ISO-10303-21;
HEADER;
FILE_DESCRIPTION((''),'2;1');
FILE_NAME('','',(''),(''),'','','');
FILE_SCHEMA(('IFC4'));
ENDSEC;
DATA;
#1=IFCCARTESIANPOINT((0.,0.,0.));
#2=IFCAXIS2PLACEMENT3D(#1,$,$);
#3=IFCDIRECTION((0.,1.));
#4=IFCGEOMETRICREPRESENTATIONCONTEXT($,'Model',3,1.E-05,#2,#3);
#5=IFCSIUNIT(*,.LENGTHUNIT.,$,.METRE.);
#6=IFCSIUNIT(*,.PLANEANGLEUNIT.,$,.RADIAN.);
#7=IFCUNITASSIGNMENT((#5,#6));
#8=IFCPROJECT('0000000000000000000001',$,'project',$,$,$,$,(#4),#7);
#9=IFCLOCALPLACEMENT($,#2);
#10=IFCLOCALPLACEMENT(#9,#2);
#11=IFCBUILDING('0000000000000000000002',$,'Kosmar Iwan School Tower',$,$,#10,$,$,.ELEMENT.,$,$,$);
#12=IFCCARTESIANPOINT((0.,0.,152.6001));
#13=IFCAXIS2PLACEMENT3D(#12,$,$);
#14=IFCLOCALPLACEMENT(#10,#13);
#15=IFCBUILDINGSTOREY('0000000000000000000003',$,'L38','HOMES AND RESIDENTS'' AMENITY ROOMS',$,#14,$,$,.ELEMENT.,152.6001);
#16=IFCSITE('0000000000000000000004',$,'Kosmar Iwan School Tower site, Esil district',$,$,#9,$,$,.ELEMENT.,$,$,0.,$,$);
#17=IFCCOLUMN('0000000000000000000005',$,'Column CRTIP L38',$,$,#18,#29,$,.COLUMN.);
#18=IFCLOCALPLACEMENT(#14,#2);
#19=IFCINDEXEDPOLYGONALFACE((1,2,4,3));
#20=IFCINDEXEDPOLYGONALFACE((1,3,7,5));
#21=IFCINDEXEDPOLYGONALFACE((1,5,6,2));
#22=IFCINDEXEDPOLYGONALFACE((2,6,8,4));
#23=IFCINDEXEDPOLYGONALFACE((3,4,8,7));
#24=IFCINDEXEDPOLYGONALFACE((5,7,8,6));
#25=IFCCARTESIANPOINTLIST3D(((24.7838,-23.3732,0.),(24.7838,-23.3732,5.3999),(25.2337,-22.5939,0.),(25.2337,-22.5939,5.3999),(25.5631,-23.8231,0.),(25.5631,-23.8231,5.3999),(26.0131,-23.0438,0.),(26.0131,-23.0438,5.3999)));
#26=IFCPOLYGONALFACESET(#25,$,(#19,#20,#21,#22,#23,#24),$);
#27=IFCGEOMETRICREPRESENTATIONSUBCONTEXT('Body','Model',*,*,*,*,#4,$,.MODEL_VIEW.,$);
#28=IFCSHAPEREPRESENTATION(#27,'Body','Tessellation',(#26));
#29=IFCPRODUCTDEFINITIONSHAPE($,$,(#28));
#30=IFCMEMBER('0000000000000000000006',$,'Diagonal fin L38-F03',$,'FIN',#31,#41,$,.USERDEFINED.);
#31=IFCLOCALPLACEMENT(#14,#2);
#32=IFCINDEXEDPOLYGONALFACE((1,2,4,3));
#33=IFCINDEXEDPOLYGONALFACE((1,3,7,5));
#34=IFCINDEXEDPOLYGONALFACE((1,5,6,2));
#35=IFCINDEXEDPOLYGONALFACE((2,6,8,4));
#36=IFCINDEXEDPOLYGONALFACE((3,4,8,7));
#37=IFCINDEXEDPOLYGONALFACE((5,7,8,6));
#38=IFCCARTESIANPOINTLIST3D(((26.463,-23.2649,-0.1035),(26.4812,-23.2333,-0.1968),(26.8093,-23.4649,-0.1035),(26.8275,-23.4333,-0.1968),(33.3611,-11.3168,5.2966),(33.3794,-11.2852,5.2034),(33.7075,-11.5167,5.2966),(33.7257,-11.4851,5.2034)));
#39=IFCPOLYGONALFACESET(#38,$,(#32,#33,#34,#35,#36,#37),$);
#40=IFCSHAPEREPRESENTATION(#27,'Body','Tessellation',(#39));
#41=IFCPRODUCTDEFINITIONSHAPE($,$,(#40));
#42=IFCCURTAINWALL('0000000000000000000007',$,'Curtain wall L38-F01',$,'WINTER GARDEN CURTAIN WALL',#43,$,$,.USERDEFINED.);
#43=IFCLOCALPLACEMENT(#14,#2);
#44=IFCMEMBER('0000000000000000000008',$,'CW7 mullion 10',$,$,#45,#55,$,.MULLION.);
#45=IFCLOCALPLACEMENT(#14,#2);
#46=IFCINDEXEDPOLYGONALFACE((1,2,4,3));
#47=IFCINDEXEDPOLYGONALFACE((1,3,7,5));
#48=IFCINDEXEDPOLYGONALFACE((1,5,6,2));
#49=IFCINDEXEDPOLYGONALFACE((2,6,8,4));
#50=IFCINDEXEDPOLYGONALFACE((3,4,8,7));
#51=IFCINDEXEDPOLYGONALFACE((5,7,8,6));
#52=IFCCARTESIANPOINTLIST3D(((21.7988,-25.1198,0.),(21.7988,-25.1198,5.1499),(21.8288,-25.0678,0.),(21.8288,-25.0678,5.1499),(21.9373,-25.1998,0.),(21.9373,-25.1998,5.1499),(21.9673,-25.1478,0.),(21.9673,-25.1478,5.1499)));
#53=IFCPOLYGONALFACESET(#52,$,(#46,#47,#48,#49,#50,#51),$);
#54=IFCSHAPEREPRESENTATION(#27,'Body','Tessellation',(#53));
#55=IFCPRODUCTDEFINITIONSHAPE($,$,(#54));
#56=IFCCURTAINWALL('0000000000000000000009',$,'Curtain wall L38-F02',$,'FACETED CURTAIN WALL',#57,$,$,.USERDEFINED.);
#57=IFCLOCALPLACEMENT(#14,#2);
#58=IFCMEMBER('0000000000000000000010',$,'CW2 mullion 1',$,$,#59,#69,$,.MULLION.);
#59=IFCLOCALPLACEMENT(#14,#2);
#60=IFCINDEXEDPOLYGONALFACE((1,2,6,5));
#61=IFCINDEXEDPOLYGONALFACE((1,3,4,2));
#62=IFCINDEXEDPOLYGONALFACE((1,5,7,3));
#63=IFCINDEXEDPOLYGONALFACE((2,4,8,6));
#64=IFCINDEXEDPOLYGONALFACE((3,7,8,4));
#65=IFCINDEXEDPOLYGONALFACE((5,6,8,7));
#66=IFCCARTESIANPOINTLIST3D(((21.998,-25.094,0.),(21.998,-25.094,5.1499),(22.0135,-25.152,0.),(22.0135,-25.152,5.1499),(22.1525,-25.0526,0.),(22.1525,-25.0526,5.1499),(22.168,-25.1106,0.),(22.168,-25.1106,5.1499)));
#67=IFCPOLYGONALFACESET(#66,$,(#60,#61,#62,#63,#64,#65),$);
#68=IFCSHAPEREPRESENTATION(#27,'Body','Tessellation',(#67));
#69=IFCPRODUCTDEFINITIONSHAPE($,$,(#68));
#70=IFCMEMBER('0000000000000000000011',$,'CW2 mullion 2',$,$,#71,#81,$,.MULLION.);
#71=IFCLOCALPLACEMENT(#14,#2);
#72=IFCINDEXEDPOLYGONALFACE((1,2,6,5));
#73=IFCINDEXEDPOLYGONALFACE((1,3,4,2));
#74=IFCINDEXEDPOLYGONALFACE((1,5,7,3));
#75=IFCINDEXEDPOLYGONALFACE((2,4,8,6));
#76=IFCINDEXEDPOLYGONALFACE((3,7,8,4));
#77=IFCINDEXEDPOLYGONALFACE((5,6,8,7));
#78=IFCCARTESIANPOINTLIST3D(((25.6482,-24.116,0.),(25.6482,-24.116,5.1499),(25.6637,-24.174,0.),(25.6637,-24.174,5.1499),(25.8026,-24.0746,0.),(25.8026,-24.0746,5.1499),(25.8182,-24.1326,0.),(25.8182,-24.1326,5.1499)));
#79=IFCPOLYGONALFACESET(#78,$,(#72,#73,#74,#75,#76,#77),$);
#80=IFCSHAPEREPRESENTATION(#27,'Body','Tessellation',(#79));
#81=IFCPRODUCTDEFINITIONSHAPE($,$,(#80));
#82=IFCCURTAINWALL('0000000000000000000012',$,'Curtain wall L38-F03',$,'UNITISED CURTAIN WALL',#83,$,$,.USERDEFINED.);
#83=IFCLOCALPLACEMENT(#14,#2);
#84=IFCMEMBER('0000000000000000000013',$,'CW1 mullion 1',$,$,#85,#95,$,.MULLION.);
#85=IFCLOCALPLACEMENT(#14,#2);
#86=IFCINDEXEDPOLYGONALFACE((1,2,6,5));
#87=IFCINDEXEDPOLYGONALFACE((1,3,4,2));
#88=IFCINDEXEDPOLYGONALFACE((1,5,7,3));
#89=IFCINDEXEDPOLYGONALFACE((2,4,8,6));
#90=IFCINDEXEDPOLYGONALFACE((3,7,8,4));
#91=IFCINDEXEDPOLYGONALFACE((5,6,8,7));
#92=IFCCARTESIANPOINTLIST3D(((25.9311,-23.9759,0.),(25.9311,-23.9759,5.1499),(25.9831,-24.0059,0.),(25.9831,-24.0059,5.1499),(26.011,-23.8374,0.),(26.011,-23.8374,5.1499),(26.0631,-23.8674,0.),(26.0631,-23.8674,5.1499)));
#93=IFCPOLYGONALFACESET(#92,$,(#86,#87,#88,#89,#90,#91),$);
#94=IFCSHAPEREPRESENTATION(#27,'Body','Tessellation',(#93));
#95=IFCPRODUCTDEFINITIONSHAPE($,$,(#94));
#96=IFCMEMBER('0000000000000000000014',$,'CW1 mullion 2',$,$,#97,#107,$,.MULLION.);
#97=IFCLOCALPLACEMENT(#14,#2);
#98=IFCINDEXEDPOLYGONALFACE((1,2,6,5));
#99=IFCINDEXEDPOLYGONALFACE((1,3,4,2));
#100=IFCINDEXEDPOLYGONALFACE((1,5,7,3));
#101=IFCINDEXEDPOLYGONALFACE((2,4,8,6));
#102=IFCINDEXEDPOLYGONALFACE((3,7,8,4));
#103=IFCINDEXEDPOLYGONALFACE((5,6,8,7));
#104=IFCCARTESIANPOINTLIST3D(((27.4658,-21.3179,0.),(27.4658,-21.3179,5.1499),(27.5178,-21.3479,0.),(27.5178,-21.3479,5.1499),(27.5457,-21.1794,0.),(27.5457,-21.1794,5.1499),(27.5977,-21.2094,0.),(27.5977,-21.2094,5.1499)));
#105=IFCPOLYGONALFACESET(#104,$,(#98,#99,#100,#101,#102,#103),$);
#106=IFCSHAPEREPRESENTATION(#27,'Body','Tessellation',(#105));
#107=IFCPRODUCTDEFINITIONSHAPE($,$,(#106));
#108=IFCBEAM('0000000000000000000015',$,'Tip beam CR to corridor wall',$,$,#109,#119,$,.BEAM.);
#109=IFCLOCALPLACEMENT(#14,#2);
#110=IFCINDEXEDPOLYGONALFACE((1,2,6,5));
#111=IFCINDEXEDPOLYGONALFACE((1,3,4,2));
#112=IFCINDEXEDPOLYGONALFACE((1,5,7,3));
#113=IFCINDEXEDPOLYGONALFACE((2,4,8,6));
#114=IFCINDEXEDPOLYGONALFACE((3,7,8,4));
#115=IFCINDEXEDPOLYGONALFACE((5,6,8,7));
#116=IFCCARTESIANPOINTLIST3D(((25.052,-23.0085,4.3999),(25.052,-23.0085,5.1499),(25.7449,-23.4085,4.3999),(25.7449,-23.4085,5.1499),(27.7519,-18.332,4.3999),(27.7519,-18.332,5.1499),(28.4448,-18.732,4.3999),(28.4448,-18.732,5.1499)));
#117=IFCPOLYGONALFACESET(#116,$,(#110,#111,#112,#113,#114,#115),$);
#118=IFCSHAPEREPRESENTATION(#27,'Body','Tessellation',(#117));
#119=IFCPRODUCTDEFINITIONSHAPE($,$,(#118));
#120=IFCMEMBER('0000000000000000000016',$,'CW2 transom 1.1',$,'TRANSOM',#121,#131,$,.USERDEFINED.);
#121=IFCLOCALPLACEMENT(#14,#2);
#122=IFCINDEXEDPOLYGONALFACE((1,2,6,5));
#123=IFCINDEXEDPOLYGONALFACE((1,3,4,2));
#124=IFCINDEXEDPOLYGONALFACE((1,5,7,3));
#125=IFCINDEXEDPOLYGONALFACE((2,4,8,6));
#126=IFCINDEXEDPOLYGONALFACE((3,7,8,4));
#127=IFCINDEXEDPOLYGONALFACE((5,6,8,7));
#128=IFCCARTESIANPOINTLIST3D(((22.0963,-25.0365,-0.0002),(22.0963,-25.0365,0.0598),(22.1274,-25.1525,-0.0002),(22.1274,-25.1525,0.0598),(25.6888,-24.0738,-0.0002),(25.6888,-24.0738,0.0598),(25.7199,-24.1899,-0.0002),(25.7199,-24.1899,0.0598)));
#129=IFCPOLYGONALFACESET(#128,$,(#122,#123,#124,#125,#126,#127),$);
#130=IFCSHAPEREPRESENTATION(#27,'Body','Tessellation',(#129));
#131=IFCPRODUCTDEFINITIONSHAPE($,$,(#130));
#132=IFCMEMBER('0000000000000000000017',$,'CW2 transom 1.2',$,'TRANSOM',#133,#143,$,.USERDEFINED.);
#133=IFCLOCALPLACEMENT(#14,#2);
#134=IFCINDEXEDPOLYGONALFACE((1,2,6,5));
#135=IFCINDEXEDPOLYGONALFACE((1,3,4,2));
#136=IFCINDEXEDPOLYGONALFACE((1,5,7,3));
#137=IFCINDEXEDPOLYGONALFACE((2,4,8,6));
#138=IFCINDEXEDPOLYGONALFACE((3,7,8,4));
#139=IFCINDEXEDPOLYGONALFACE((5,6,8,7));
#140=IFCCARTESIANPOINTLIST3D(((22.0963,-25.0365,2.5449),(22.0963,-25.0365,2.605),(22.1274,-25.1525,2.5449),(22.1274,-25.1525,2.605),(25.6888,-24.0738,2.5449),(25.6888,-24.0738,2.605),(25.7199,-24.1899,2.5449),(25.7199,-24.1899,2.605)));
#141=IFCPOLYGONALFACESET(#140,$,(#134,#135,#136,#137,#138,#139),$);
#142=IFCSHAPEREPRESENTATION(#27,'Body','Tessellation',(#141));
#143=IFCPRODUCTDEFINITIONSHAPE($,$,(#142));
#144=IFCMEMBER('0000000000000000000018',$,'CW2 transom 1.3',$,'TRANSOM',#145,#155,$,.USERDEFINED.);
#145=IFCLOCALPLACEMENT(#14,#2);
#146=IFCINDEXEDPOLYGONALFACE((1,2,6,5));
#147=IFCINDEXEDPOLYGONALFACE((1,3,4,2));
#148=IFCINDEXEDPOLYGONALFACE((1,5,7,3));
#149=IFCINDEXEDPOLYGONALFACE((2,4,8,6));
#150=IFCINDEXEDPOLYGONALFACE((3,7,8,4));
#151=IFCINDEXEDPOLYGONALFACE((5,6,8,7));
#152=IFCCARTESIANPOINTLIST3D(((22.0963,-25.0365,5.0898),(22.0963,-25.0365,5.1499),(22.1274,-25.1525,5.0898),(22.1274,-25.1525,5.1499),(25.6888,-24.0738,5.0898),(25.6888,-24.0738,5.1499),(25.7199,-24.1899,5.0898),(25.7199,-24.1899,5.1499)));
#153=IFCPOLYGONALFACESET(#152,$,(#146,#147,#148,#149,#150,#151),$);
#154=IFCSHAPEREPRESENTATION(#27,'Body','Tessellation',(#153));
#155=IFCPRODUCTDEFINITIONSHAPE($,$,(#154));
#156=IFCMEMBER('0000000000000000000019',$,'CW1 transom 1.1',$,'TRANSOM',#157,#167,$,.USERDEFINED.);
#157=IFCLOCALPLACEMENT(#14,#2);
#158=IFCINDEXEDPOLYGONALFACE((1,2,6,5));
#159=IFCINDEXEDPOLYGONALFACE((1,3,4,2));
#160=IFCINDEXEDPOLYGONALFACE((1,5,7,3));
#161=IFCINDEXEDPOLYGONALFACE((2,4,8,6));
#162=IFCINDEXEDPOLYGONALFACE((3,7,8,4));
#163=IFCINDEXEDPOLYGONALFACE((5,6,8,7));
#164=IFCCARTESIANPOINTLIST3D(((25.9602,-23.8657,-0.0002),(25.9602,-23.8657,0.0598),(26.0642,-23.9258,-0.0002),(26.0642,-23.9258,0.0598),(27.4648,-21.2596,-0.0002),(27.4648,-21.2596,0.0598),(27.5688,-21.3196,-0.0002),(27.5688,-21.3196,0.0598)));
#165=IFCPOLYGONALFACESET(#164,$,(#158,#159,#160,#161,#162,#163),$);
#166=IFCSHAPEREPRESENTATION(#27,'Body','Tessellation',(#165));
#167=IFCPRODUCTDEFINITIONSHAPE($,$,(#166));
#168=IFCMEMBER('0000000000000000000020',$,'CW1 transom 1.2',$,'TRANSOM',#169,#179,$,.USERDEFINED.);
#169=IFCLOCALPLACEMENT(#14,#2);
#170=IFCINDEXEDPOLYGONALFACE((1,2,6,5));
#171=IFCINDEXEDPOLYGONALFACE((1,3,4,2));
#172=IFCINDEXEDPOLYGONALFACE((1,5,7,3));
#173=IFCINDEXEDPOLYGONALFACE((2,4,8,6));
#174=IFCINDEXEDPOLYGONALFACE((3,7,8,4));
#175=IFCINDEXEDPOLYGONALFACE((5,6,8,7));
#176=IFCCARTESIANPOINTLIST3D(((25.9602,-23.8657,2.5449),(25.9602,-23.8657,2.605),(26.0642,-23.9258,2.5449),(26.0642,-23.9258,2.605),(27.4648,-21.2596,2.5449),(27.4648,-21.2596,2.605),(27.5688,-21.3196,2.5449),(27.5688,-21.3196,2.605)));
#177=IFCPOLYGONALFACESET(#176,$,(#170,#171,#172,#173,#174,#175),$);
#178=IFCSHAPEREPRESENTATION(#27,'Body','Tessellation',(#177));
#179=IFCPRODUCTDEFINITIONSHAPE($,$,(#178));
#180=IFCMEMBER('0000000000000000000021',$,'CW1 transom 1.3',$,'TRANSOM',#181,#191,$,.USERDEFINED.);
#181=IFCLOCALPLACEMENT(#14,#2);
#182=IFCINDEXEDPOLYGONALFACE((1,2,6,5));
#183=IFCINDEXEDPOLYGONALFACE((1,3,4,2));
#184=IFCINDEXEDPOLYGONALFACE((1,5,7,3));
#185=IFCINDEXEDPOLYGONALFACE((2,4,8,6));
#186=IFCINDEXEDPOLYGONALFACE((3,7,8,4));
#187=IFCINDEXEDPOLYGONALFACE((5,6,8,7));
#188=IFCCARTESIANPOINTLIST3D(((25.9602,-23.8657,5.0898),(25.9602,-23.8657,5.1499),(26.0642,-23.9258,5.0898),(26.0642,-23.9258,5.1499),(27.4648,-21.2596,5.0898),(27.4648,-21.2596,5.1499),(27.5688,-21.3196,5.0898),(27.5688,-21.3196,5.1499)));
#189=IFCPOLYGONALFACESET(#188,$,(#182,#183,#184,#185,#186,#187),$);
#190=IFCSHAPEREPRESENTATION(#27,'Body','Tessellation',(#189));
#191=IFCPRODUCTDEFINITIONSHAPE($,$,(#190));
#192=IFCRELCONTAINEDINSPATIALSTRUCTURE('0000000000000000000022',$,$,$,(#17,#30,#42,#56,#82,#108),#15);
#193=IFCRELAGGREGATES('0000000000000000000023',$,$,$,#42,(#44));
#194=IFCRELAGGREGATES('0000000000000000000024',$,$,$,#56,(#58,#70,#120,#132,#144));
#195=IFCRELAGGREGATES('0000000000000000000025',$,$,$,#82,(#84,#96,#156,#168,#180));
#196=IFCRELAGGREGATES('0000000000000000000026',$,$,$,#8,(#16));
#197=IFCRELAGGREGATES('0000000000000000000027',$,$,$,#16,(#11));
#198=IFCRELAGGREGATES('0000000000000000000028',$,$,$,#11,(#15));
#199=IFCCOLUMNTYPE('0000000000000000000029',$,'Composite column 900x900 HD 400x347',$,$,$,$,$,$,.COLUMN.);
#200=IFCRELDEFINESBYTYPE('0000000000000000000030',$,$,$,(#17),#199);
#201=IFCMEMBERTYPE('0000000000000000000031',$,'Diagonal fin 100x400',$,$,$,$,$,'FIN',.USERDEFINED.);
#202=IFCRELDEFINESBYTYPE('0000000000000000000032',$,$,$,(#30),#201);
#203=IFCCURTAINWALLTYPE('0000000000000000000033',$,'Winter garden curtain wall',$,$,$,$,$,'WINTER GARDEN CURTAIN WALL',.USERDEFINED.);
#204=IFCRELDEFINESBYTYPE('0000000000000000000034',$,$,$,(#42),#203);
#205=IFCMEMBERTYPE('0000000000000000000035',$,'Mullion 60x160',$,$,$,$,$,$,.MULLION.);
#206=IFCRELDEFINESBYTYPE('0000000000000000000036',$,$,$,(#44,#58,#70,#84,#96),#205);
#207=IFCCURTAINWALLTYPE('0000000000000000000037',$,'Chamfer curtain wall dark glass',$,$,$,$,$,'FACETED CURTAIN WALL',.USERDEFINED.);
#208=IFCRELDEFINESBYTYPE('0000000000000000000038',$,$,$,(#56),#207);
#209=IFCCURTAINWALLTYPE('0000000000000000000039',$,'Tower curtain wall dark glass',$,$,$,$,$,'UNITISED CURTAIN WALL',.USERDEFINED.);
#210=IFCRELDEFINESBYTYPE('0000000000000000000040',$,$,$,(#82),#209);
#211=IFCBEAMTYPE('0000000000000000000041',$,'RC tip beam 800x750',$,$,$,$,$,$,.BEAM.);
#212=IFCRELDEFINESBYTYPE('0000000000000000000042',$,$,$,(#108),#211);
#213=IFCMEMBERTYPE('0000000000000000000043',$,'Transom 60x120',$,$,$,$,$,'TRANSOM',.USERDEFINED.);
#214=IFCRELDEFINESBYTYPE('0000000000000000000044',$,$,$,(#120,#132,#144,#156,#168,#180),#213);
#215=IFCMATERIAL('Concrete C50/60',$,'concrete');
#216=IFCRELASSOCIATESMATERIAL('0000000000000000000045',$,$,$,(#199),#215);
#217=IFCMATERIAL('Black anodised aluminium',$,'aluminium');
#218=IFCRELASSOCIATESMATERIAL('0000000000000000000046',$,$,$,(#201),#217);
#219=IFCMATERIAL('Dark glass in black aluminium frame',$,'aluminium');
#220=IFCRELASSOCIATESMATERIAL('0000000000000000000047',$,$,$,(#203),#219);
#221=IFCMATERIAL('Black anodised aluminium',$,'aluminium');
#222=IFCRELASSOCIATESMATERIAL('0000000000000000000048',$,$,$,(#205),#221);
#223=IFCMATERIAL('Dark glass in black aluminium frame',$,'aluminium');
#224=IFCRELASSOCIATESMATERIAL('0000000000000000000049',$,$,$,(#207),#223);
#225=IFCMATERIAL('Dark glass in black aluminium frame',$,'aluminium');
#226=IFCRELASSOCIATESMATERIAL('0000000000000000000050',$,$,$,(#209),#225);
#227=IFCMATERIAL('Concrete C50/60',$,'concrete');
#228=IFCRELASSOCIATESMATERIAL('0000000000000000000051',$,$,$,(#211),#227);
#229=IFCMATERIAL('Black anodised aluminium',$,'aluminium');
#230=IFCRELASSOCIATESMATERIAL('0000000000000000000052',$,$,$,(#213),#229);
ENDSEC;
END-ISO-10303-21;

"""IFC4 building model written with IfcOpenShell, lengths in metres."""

from ifc_helpers import new_model, si_unit, direction, frame, origin, origin_2d, place, context, subcontext, project, spatial, rectangle, extrude, material, material_profile, profile_set, type_object, element, aggregate, save


model = new_model("IFC4")

# Units and contexts
model_context = context("Model", 3, precision=1e-05, world=origin(), true_north=direction((0.0, 1.0)))
body_context = subcontext(model_context, "Body", "Model", "MODEL_VIEW")
ifc_project = project(units=[si_unit("LENGTHUNIT", "METRE"), si_unit("PLANEANGLEUNIT", "RADIAN")], contexts=[model_context])

# Site, building, storey
site_placement = place(None, origin())
site = spatial("IfcSite", under=ifc_project, at=site_placement, Name="Kosmar Iwan School Tower site, Esil district", CompositionType="ELEMENT", RefElevation=0.0)
building_placement = place(site_placement, origin())
building = spatial("IfcBuilding", under=site, at=building_placement, Name="Kosmar Iwan School Tower", CompositionType="ELEMENT")
storey_placement = place(building_placement, frame((0.0, 0.0, 152.6001)))
storey = spatial("IfcBuildingStorey", under=building, at=storey_placement, Name="L38", Description="HOMES AND RESIDENTS' AMENITY ROOMS", CompositionType="ELEMENT", Elevation=152.6001)

# Column
ifc_material_1 = material(Name="Concrete C50/60", Category="concrete")
ifc_material_profile_1 = material_profile(ifc_material_1, rectangle(XDim=0.8999, YDim=0.8999, at=origin_2d()), Name="RC 900x900 + HD 400x347")
ifc_profile_set_1 = profile_set([ifc_material_profile_1], Name="Concrete C50/60")
column_type = type_object("IfcColumnType", Name="Composite column 900x900 HD 400x347", PredefinedType="COLUMN", material=ifc_profile_set_1)
column_placement = place(storey_placement, frame((25.3984, -23.2085, 0.0), z_axis=(0.0, 0.0, 1.0), x_axis=(0.866025, -0.5, 0.0)))
element("IfcColumn", 1, at=column_placement, inside=storey, type_object=column_type, Name="Column CRTIP L38", PredefinedType="COLUMN", context=body_context, shape_type="SweptSolid", body=[
    extrude(rectangle(XDim=0.8999, YDim=0.8999, at=origin_2d()), origin(), (0.0, 0.0, 1.0), 5.3999),
])

# Member
ifc_material_2 = material(Name="Black anodised aluminium", Category="aluminium")
ifc_material_profile_2 = material_profile(ifc_material_2, rectangle(XDim=0.1001, YDim=0.3999, at=origin_2d()), Name="FIN 100x400")
ifc_profile_set_2 = profile_set([ifc_material_profile_2], Name="Black anodised aluminium")
member_type_1 = type_object("IfcMemberType", Name="Diagonal fin 100x400", ElementType="FIN", PredefinedType="USERDEFINED", material=ifc_profile_set_2)
member_1_placement = place(storey_placement, frame((26.6453, -23.3491, -0.1501), z_axis=(0.465598, 0.806454, 0.364486), x_axis=(-0.182241, -0.315656, 0.931209)))
element("IfcMember", 2, at=member_1_placement, inside=storey, type_object=member_type_1, Name="Diagonal fin L38-F03", ObjectType="FIN", PredefinedType="USERDEFINED", context=body_context, shape_type="SweptSolid", body=[
    extrude(rectangle(XDim=0.1001, YDim=0.3999, at=origin_2d()), origin(), (0.0, 0.0, 1.0), 14.8157),
])

# Curtain wall, member
ifc_material_3 = material(Name="Dark glass in black aluminium frame", Category="aluminium")
curtain_wall_type_1 = type_object("IfcCurtainWallType", Name="Winter garden curtain wall", ElementType="WINTER GARDEN CURTAIN WALL", PredefinedType="USERDEFINED", material=ifc_material_3)
curtain_wall_1_placement = place(storey_placement, origin())
curtain_wall_1 = element("IfcCurtainWall", 3, at=curtain_wall_1_placement, inside=storey, type_object=curtain_wall_type_1, Name="Curtain wall L38-F01", ObjectType="WINTER GARDEN CURTAIN WALL", PredefinedType="USERDEFINED")
ifc_material_4 = material(Name="Black anodised aluminium", Category="aluminium")
ifc_material_profile_3 = material_profile(ifc_material_4, rectangle(XDim=0.0601, YDim=0.1599, at=origin_2d()), Name="MULLION 60x160")
ifc_profile_set_3 = profile_set([ifc_material_profile_3], Name="Black anodised aluminium")
member_type_2 = type_object("IfcMemberType", Name="Mullion 60x160", PredefinedType="MULLION", material=ifc_profile_set_3)
member_2_placement = place(storey_placement, frame((21.8831, -25.1338, 0.0), z_axis=(0.0, 0.0, 1.0), x_axis=(0.5, 0.866025, 0.0)))
member_2 = element("IfcMember", 4, at=member_2_placement, type_object=member_type_2, Name="CW7 mullion 10", PredefinedType="MULLION", context=body_context, shape_type="SweptSolid", body=[
    extrude(rectangle(XDim=0.0601, YDim=0.1599, at=origin_2d()), origin(), (0.0, 0.0, 1.0), 5.1499),
])

# Curtain walls, members
ifc_material_5 = material(Name="Dark glass in black aluminium frame", Category="aluminium")
curtain_wall_type_2 = type_object("IfcCurtainWallType", Name="Chamfer curtain wall dark glass", ElementType="FACETED CURTAIN WALL", PredefinedType="USERDEFINED", material=ifc_material_5)
curtain_wall_2_placement = place(storey_placement, origin())
curtain_wall_2 = element("IfcCurtainWall", 5, at=curtain_wall_2_placement, inside=storey, type_object=curtain_wall_type_2, Name="Curtain wall L38-F02", ObjectType="FACETED CURTAIN WALL", PredefinedType="USERDEFINED")
member_3_placement = place(storey_placement, frame((22.083, -25.1023, 0.0), z_axis=(0.0, 0.0, 1.0), x_axis=(-0.258819, 0.965926, 0.0)))
member_3 = element("IfcMember", 6, at=member_3_placement, type_object=member_type_2, Name="CW2 mullion 1", PredefinedType="MULLION", context=body_context, shape_type="SweptSolid", body=[
    extrude(rectangle(XDim=0.0601, YDim=0.1599, at=origin_2d()), origin(), (0.0, 0.0, 1.0), 5.1499),
])
member_4_placement = place(storey_placement, frame((25.7332, -24.1243, 0.0), z_axis=(0.0, 0.0, 1.0), x_axis=(-0.258819, 0.965926, 0.0)))
member_4 = element("IfcMember", 7, at=member_4_placement, type_object=member_type_2, Name="CW2 mullion 2", PredefinedType="MULLION", context=body_context, shape_type="SweptSolid", body=[
    extrude(rectangle(XDim=0.0601, YDim=0.1599, at=origin_2d()), origin(), (0.0, 0.0, 1.0), 5.1499),
])
ifc_material_6 = material(Name="Dark glass in black aluminium frame", Category="aluminium")
curtain_wall_type_3 = type_object("IfcCurtainWallType", Name="Tower curtain wall dark glass", ElementType="UNITISED CURTAIN WALL", PredefinedType="USERDEFINED", material=ifc_material_6)
curtain_wall_3_placement = place(storey_placement, origin())
curtain_wall_3 = element("IfcCurtainWall", 8, at=curtain_wall_3_placement, inside=storey, type_object=curtain_wall_type_3, Name="Curtain wall L38-F03", ObjectType="UNITISED CURTAIN WALL", PredefinedType="USERDEFINED")
member_5_placement = place(storey_placement, frame((25.9971, -23.9216, 0.0), z_axis=(0.0, 0.0, 1.0), x_axis=(-0.866025, 0.5, 0.0)))
member_5 = element("IfcMember", 9, at=member_5_placement, type_object=member_type_2, Name="CW1 mullion 1", PredefinedType="MULLION", context=body_context, shape_type="SweptSolid", body=[
    extrude(rectangle(XDim=0.0601, YDim=0.1599, at=origin_2d()), origin(), (0.0, 0.0, 1.0), 5.1499),
])
member_6_placement = place(storey_placement, frame((27.5317, -21.2637, 0.0), z_axis=(0.0, 0.0, 1.0), x_axis=(-0.866025, 0.5, 0.0)))
member_6 = element("IfcMember", 10, at=member_6_placement, type_object=member_type_2, Name="CW1 mullion 2", PredefinedType="MULLION", context=body_context, shape_type="SweptSolid", body=[
    extrude(rectangle(XDim=0.0601, YDim=0.1599, at=origin_2d()), origin(), (0.0, 0.0, 1.0), 5.1499),
])

# Beam
ifc_material_7 = material(Name="Concrete C50/60", Category="concrete")
ifc_material_profile_4 = material_profile(ifc_material_7, rectangle(XDim=0.8, YDim=0.75, at=origin_2d()), Name="RC 800x750")
ifc_profile_set_4 = profile_set([ifc_material_profile_4], Name="Concrete C50/60")
beam_type = type_object("IfcBeamType", Name="RC tip beam 800x750", PredefinedType="BEAM", material=ifc_profile_set_4)
beam_placement = place(storey_placement, frame((25.3984, -23.2085, 4.7749), z_axis=(0.499995, 0.866028, 0.0), x_axis=(-0.866028, 0.499995, 0.0)))
element("IfcBeam", 11, at=beam_placement, inside=storey, type_object=beam_type, Name="Tip beam CR to corridor wall", PredefinedType="BEAM", context=body_context, shape_type="SweptSolid", body=[
    extrude(rectangle(XDim=0.8, YDim=0.75, at=origin_2d()), origin(), (0.0, 0.0, 1.0), 5.3999),
])

# Members
ifc_material_8 = material(Name="Black anodised aluminium", Category="aluminium")
ifc_material_profile_5 = material_profile(ifc_material_8, rectangle(XDim=0.1201, YDim=0.0601, at=origin_2d()), Name="TRANSOM 60x120")
ifc_profile_set_5 = profile_set([ifc_material_profile_5], Name="Black anodised aluminium")
member_type_3 = type_object("IfcMemberType", Name="Transom 60x120", ElementType="TRANSOM", PredefinedType="USERDEFINED", material=ifc_profile_set_5)
member_7_placement = place(storey_placement, frame((22.1118, -25.0945, 0.0298), z_axis=(0.965924, 0.258827, 0.0), x_axis=(-0.258827, 0.965924, 0.0)))
member_7 = element("IfcMember", 12, at=member_7_placement, type_object=member_type_3, Name="CW2 transom 1.1", ObjectType="TRANSOM", PredefinedType="USERDEFINED", context=body_context, shape_type="SweptSolid", body=[
    extrude(rectangle(XDim=0.1201, YDim=0.0601, at=origin_2d()), origin(), (0.0, 0.0, 1.0), 3.7192),
])
member_8_placement = place(storey_placement, frame((22.1118, -25.0945, 2.575), z_axis=(0.965924, 0.258827, 0.0), x_axis=(-0.258827, 0.965924, 0.0)))
member_8 = element("IfcMember", 13, at=member_8_placement, type_object=member_type_3, Name="CW2 transom 1.2", ObjectType="TRANSOM", PredefinedType="USERDEFINED", context=body_context, shape_type="SweptSolid", body=[
    extrude(rectangle(XDim=0.1201, YDim=0.0601, at=origin_2d()), origin(), (0.0, 0.0, 1.0), 3.7192),
])
member_9_placement = place(storey_placement, frame((22.1118, -25.0945, 5.1199), z_axis=(0.965924, 0.258827, 0.0), x_axis=(-0.258827, 0.965924, 0.0)))
member_9 = element("IfcMember", 14, at=member_9_placement, type_object=member_type_3, Name="CW2 transom 1.3", ObjectType="TRANSOM", PredefinedType="USERDEFINED", context=body_context, shape_type="SweptSolid", body=[
    extrude(rectangle(XDim=0.1201, YDim=0.0601, at=origin_2d()), origin(), (0.0, 0.0, 1.0), 3.7192),
])
member_10_placement = place(storey_placement, frame((26.0122, -23.8958, 0.0298), z_axis=(0.499987, 0.866033, 0.0), x_axis=(-0.866033, 0.499987, 0.0)))
member_10 = element("IfcMember", 15, at=member_10_placement, type_object=member_type_3, Name="CW1 transom 1.1", ObjectType="TRANSOM", PredefinedType="USERDEFINED", context=body_context, shape_type="SweptSolid", body=[
    extrude(rectangle(XDim=0.1201, YDim=0.0601, at=origin_2d()), origin(), (0.0, 0.0, 1.0), 3.0093),
])
member_11_placement = place(storey_placement, frame((26.0122, -23.8958, 2.575), z_axis=(0.499987, 0.866033, 0.0), x_axis=(-0.866033, 0.499987, 0.0)))
member_11 = element("IfcMember", 16, at=member_11_placement, type_object=member_type_3, Name="CW1 transom 1.2", ObjectType="TRANSOM", PredefinedType="USERDEFINED", context=body_context, shape_type="SweptSolid", body=[
    extrude(rectangle(XDim=0.1201, YDim=0.0601, at=origin_2d()), origin(), (0.0, 0.0, 1.0), 3.0093),
])
member_12_placement = place(storey_placement, frame((26.0122, -23.8958, 5.1199), z_axis=(0.499987, 0.866033, 0.0), x_axis=(-0.866033, 0.499987, 0.0)))
member_12 = element("IfcMember", 17, at=member_12_placement, type_object=member_type_3, Name="CW1 transom 1.3", ObjectType="TRANSOM", PredefinedType="USERDEFINED", context=body_context, shape_type="SweptSolid", body=[
    extrude(rectangle(XDim=0.1201, YDim=0.0601, at=origin_2d()), origin(), (0.0, 0.0, 1.0), 3.0093),
])

aggregate(curtain_wall_1, [member_2])
aggregate(curtain_wall_2, [member_3, member_4, member_7, member_8, member_9])
aggregate(curtain_wall_3, [member_5, member_6, member_10, member_11, member_12])

save(model, "model.ifc")
